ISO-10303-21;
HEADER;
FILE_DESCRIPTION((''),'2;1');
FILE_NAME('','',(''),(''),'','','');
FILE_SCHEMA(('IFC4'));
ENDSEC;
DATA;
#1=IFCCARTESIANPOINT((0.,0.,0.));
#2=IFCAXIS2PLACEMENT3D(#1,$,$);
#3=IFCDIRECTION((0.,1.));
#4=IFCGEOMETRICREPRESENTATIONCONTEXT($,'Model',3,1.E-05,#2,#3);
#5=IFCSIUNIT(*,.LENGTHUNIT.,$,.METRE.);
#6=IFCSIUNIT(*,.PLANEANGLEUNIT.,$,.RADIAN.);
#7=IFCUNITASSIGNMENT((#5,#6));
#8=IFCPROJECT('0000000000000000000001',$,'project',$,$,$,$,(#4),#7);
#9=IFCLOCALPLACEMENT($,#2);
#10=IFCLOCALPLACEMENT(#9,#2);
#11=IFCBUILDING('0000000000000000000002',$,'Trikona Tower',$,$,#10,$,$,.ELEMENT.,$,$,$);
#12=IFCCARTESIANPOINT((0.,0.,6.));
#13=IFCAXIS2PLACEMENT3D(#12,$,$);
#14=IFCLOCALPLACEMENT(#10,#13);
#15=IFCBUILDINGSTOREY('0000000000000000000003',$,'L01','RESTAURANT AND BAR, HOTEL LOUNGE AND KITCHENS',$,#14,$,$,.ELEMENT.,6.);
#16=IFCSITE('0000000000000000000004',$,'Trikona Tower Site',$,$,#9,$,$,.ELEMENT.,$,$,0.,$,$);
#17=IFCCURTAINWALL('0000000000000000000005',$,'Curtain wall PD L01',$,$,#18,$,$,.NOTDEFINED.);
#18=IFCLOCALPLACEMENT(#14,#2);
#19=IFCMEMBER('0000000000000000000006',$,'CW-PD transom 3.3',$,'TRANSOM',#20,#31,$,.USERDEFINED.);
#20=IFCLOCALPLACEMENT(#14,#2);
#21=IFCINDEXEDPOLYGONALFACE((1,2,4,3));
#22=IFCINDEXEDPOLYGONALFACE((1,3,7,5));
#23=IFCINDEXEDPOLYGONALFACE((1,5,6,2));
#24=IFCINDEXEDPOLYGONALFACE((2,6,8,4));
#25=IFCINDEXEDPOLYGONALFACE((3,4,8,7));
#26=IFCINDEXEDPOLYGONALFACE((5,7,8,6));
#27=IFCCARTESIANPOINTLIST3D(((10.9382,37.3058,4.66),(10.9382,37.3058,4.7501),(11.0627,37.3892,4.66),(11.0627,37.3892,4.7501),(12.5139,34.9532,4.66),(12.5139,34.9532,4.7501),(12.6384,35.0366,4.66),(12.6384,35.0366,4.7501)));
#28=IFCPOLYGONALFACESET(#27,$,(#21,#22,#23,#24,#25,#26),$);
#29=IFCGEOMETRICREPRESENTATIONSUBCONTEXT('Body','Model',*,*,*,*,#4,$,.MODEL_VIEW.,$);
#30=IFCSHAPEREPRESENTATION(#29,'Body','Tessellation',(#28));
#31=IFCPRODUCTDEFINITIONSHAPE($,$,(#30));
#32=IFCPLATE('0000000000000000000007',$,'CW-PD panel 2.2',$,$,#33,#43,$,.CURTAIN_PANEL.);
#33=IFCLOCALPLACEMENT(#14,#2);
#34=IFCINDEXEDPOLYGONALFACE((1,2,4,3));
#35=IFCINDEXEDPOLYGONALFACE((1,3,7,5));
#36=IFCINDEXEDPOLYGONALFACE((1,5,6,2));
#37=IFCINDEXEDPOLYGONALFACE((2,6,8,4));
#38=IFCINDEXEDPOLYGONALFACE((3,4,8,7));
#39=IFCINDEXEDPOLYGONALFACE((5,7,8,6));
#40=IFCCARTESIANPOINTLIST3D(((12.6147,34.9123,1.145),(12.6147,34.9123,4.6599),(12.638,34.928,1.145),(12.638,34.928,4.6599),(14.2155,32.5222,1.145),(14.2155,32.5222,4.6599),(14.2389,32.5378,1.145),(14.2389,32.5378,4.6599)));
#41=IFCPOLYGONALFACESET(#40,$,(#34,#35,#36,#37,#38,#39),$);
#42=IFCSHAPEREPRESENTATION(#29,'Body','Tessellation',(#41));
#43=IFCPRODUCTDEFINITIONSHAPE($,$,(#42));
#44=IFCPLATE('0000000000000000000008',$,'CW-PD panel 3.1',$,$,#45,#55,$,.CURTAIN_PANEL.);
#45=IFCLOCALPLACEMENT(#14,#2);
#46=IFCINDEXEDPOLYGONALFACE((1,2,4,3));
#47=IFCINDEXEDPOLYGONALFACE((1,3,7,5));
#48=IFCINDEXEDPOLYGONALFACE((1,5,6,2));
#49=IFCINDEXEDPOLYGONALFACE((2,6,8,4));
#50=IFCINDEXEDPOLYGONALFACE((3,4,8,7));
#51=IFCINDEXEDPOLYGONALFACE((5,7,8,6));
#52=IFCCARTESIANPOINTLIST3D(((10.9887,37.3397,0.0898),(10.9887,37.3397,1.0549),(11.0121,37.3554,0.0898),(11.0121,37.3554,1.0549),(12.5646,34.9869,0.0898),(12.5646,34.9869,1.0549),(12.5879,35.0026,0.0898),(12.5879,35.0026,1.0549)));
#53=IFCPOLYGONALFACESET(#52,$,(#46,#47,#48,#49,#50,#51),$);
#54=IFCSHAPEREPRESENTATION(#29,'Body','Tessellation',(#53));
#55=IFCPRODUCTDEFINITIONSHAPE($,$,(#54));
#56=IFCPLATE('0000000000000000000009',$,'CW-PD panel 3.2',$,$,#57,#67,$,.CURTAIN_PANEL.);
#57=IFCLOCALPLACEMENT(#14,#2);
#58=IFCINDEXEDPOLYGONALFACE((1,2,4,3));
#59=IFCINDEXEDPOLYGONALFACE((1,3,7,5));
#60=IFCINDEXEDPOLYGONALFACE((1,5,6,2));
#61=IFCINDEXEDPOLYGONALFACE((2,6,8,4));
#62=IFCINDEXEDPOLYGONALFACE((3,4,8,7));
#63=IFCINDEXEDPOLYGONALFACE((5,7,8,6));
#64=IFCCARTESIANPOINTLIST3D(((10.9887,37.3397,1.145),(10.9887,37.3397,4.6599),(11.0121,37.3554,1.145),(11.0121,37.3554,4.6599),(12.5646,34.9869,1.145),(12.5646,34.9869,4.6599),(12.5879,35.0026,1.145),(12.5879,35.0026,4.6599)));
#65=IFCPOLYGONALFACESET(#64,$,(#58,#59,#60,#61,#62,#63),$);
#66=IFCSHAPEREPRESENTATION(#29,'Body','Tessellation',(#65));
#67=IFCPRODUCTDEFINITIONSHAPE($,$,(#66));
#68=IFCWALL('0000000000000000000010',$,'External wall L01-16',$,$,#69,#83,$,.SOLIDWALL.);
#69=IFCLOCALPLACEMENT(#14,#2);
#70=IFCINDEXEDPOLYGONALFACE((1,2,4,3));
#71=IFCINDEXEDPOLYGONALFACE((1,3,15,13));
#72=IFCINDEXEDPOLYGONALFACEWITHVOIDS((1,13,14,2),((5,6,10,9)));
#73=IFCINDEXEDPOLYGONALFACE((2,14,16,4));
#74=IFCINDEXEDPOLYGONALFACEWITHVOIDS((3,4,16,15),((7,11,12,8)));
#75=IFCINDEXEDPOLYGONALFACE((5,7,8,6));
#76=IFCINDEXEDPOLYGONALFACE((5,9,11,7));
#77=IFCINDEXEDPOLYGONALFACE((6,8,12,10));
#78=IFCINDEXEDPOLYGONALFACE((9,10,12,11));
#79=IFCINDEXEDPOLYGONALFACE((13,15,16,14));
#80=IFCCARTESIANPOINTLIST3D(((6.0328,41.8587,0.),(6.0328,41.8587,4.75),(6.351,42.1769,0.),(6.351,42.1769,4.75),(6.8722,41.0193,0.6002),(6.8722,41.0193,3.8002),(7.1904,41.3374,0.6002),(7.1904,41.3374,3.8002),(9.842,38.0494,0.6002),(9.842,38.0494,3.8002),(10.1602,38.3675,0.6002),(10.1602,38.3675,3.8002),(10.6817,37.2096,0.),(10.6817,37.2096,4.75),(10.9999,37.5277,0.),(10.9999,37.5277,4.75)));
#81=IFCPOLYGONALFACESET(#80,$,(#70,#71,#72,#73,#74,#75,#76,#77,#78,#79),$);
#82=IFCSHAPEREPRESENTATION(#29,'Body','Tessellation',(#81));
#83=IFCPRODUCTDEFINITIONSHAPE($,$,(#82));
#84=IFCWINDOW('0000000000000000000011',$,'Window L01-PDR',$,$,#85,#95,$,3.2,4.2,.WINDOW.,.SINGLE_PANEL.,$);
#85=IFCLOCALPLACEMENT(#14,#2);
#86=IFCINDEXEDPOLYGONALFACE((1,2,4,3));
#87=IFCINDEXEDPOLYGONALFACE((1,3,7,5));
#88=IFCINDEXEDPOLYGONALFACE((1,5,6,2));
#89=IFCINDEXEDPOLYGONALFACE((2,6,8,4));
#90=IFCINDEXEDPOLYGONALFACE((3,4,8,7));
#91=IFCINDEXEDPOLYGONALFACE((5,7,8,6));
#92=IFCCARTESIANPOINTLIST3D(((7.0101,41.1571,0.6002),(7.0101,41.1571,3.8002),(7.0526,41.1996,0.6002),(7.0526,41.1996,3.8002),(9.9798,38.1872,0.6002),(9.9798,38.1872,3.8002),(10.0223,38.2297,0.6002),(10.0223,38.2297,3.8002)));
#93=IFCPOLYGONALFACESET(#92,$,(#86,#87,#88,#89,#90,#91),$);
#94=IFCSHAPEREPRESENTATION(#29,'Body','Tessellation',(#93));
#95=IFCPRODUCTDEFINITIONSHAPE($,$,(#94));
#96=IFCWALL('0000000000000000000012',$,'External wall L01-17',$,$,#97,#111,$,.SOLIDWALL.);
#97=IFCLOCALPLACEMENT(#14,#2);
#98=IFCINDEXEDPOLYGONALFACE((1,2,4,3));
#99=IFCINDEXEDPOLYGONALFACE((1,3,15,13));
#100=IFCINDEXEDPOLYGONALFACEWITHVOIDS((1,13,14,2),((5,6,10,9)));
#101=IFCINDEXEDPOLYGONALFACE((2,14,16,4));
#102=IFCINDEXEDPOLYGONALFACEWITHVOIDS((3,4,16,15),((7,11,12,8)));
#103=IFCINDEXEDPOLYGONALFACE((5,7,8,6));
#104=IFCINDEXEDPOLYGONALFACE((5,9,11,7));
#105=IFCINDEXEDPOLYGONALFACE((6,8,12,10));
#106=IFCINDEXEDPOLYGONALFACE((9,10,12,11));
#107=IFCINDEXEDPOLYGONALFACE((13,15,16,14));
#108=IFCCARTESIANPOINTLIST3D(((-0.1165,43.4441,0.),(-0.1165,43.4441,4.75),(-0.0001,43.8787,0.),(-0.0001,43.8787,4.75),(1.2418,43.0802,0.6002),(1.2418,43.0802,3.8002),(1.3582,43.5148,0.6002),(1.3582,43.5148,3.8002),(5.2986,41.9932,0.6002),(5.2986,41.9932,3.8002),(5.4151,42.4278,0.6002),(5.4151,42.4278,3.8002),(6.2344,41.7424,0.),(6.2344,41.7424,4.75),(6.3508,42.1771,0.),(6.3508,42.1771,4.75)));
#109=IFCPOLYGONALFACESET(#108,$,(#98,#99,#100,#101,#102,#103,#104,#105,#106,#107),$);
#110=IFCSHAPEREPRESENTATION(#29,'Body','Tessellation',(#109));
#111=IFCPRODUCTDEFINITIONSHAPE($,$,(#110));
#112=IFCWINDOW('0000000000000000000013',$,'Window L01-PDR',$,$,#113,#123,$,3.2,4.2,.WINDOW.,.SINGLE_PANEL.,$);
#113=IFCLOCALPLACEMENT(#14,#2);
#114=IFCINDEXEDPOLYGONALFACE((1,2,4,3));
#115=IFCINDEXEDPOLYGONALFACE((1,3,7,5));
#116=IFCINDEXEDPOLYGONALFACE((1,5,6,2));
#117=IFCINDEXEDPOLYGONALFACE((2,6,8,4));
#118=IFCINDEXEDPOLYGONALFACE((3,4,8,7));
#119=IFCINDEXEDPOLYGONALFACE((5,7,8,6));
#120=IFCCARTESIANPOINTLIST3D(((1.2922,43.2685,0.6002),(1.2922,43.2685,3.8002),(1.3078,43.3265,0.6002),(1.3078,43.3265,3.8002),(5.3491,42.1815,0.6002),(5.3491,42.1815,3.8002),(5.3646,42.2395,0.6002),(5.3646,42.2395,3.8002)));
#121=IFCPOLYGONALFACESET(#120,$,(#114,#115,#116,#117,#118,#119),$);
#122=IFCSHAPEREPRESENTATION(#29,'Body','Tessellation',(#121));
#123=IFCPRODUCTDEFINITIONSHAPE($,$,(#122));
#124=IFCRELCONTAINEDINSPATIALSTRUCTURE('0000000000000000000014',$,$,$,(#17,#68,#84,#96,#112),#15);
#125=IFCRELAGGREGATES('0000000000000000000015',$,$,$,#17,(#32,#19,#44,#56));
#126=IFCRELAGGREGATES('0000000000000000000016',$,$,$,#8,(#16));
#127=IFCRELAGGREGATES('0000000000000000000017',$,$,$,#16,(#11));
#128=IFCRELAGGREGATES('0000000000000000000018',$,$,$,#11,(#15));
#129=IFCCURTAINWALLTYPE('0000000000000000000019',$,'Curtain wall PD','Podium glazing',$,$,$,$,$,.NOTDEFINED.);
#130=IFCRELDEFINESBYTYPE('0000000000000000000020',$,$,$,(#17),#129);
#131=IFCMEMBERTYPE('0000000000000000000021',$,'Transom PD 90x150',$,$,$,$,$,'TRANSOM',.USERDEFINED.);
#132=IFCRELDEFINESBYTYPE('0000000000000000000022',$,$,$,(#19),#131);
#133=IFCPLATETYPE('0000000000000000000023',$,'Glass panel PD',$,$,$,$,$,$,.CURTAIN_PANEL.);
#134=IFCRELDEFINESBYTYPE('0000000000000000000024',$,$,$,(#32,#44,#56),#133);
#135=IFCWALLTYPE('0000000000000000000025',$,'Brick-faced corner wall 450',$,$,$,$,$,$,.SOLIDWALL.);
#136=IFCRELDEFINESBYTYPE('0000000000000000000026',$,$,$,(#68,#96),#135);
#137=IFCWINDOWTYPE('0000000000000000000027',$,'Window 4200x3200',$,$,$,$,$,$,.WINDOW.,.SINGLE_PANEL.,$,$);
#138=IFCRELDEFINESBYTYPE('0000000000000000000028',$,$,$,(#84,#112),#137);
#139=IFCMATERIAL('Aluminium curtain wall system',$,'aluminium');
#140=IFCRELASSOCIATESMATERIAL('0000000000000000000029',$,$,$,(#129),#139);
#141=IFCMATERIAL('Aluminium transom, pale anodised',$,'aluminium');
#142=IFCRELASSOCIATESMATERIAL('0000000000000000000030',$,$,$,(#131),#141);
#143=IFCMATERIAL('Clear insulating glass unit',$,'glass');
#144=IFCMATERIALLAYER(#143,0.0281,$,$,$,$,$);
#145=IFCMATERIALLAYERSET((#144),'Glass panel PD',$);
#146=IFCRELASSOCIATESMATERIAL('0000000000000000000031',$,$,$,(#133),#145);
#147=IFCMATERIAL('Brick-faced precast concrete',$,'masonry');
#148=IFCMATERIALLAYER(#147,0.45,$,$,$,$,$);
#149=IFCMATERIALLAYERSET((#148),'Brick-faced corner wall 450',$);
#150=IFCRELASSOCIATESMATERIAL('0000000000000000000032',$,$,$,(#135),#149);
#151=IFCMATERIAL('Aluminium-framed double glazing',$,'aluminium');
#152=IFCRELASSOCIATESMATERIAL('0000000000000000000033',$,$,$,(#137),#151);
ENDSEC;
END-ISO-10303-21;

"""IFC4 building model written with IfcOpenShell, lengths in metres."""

from ifc_helpers import new_model, si_unit, direction, frame, frame_2d, origin, origin_2d, place, context, subcontext, project, spatial, rectangle, extrude, material, layer, layer_set, material_profile, profile_set, type_object, element, fill, aggregate, save


model = new_model("IFC4")

# Units and contexts
model_context = context("Model", 3, precision=1e-05, world=origin(), true_north=direction((0.0, 1.0)))
body_context = subcontext(model_context, "Body", "Model", "MODEL_VIEW")
ifc_project = project(units=[si_unit("LENGTHUNIT", "METRE"), si_unit("PLANEANGLEUNIT", "RADIAN")], contexts=[model_context])

# Site, building, storey
site_placement = place(None, origin())
site = spatial("IfcSite", under=ifc_project, at=site_placement, Name="Trikona Tower Site", CompositionType="ELEMENT", RefElevation=0.0)
building_placement = place(site_placement, origin())
building = spatial("IfcBuilding", under=site, at=building_placement, Name="Trikona Tower", CompositionType="ELEMENT")
storey_placement = place(building_placement, frame((0.0, 0.0, 6.0)))
storey = spatial("IfcBuildingStorey", under=building, at=storey_placement, Name="L01", Description="RESTAURANT AND BAR, HOTEL LOUNGE AND KITCHENS", CompositionType="ELEMENT", Elevation=6.0)

# Curtain wall
ifc_material_1 = material(Name="Aluminium curtain wall system", Category="aluminium")
curtain_wall_type = type_object("IfcCurtainWallType", Name="Curtain wall PD", Description="Podium glazing", PredefinedType="NOTDEFINED", material=ifc_material_1)
curtain_wall_placement = place(storey_placement, origin())
curtain_wall = element("IfcCurtainWall", 1, at=curtain_wall_placement, inside=storey, type_object=curtain_wall_type, Name="Curtain wall PD L01", PredefinedType="NOTDEFINED")

# Member
ifc_material_2 = material(Name="Aluminium transom, pale anodised", Category="aluminium")
ifc_material_profile_1 = material_profile(ifc_material_2, rectangle(XDim=0.1499, YDim=0.0901, at=origin_2d()), Name="TRN-PD")
ifc_profile_set_1 = profile_set([ifc_material_profile_1], Name="Aluminium transom, pale anodised")
member_type_1 = type_object("IfcMemberType", Name="Transom PD 90x150", ElementType="TRANSOM", PredefinedType="USERDEFINED", material=ifc_profile_set_1)
member_1_placement = place(storey_placement, frame((12.5762, 34.9949, 4.7051), z_axis=(-0.55649, 0.830854, 0.0), x_axis=(-0.830854, -0.55649, 0.0)))
member_1 = element("IfcMember", 2, at=member_1_placement, type_object=member_type_1, Name="CW-PD transom 3.3", ObjectType="TRANSOM", PredefinedType="USERDEFINED", context=body_context, shape_type="SweptSolid", body=[
    extrude(rectangle(XDim=0.1499, YDim=0.0901, at=origin_2d()), origin(), (0.0, 0.0, 1.0), 2.8315),
])

# Plates
ifc_material_3 = material(Name="Clear insulating glass unit", Category="glass")
ifc_layer_1 = layer(ifc_material_3, 0.0281)
ifc_layer_set_1 = layer_set([ifc_layer_1], Name="Glass panel PD")
plate_type = type_object("IfcPlateType", Name="Glass panel PD", PredefinedType="CURTAIN_PANEL", material=ifc_layer_set_1)
plate_1_placement = place(storey_placement, frame((13.4268, 33.7251, 1.145), z_axis=(0.0, 0.0, 1.0), x_axis=(-0.556493, 0.830852, 0.0)))
plate_1 = element("IfcPlate", 3, at=plate_1_placement, type_object=plate_type, Name="CW-PD panel 2.2", PredefinedType="CURTAIN_PANEL", context=body_context, shape_type="SweptSolid", body=[
    extrude(rectangle(XDim=2.8767, YDim=0.0281, at=origin_2d()), origin(), (0.0, 0.0, 1.0), 3.5149),
])
plate_2_placement = place(storey_placement, frame((11.7883, 36.1711, 0.0898), z_axis=(0.0, 0.0, 1.0), x_axis=(-0.556493, 0.830852, 0.0)))
plate_2 = element("IfcPlate", 4, at=plate_2_placement, type_object=plate_type, Name="CW-PD panel 3.1", PredefinedType="CURTAIN_PANEL", context=body_context, shape_type="SweptSolid", body=[
    extrude(rectangle(XDim=2.8318, YDim=0.0281, at=origin_2d()), origin(), (0.0, 0.0, 1.0), 0.9651),
])
plate_3_placement = place(storey_placement, frame((11.7883, 36.1711, 1.145), z_axis=(0.0, 0.0, 1.0), x_axis=(-0.556493, 0.830852, 0.0)))
plate_3 = element("IfcPlate", 5, at=plate_3_placement, type_object=plate_type, Name="CW-PD panel 3.2", PredefinedType="CURTAIN_PANEL", context=body_context, shape_type="SweptSolid", body=[
    extrude(rectangle(XDim=2.8318, YDim=0.0281, at=origin_2d()), origin(), (0.0, 0.0, 1.0), 3.5149),
])
aggregate(curtain_wall, [plate_1, member_1, plate_2, plate_3])

# Walls, openings, windows
ifc_material_4 = material(Name="Brick-faced precast concrete", Category="masonry")
ifc_layer_2 = layer(ifc_material_4, 0.45)
ifc_layer_set_2 = layer_set([ifc_layer_2], Name="Brick-faced corner wall 450")
wall_type_1 = type_object("IfcWallType", Name="Brick-faced corner wall 450", PredefinedType="SOLIDWALL", material=ifc_layer_set_2)
wall_1_placement = place(storey_placement, frame((10.8408, 37.3687, 0.0), z_axis=(0.0, 0.0, 1.0), x_axis=(-0.707088, 0.707125, 0.0)))
wall_1 = element("IfcWall", 6, at=wall_1_placement, inside=storey, type_object=wall_type_1, Name="External wall L01-16", PredefinedType="SOLIDWALL", context=body_context, shape_type="SweptSolid", body=[
    extrude(rectangle(XDim=6.5747, YDim=0.45, at=frame_2d((3.2874, 0.0))), origin(), (0.0, 0.0, 1.0), 4.75),
])
opening_1_placement = place(wall_1_placement, frame((1.1875, 0.0, 0.6001)))
opening_1 = element("IfcOpeningElement", 7, at=opening_1_placement, cuts=wall_1, PredefinedType="OPENING", context=body_context, shape_type="SweptSolid", body=[
    extrude(rectangle(XDim=4.2, YDim=3.2, at=frame_2d((2.1001, 1.6001))), frame((0.0, 0.2349, 0.0), z_axis=(0.0, -1.0, 0.0), x_axis=(1.0, 0.0, 0.0)), (0.0, 0.0, 1.0), 0.47),
])
ifc_material_5 = material(Name="Aluminium-framed double glazing", Category="aluminium")
window_type_1 = type_object("IfcWindowType", Name="Window 4200x3200", PartitioningType="SINGLE_PANEL", PredefinedType="WINDOW", material=ifc_material_5)
window_1_placement = place(opening_1_placement, origin())
window_1 = element("IfcWindow", 8, at=window_1_placement, inside=storey, type_object=window_type_1, Name="Window L01-PDR", OverallHeight=3.2, OverallWidth=4.2, PartitioningType="SINGLE_PANEL", PredefinedType="WINDOW", context=body_context, shape_type="SweptSolid", body=[
    extrude(rectangle(XDim=4.2, YDim=3.2, at=frame_2d((2.1001, 1.6001))), frame((0.0, 0.03, 0.0), z_axis=(0.0, -1.0, 0.0), x_axis=(1.0, 0.0, 0.0)), (0.0, 0.0, 1.0), 0.0601),
])
fill(opening_1, window_1)
wall_2_placement = place(storey_placement, frame((6.2927, 41.9597, 0.0), z_axis=(0.0, 0.0, 1.0), x_axis=(-0.965927, 0.258813, 0.0)))
wall_2 = element("IfcWall", 9, at=wall_2_placement, inside=storey, type_object=wall_type_1, Name="External wall L01-17", PredefinedType="SOLIDWALL", context=body_context, shape_type="SweptSolid", body=[
    extrude(rectangle(XDim=6.575, YDim=0.45, at=frame_2d((3.2876, 0.0))), origin(), (0.0, 0.0, 1.0), 4.75),
])
opening_2_placement = place(wall_2_placement, frame((0.9688, 0.0, 0.6001)))
opening_2 = element("IfcOpeningElement", 10, at=opening_2_placement, cuts=wall_2, PredefinedType="OPENING", context=body_context, shape_type="SweptSolid", body=[
    extrude(rectangle(XDim=4.2, YDim=3.2, at=frame_2d((2.1001, 1.6001))), frame((0.0, 0.2349, 0.0), z_axis=(0.0, -1.0, 0.0), x_axis=(1.0, 0.0, 0.0)), (0.0, 0.0, 1.0), 0.47),
])
window_2_placement = place(opening_2_placement, origin())
window_2 = element("IfcWindow", 11, at=window_2_placement, inside=storey, type_object=window_type_1, Name="Window L01-PDR", OverallHeight=3.2, OverallWidth=4.2, PartitioningType="SINGLE_PANEL", PredefinedType="WINDOW", context=body_context, shape_type="SweptSolid", body=[
    extrude(rectangle(XDim=4.2, YDim=3.2, at=frame_2d((2.1001, 1.6001))), frame((0.0, 0.03, 0.0), z_axis=(0.0, -1.0, 0.0), x_axis=(1.0, 0.0, 0.0)), (0.0, 0.0, 1.0), 0.0601),
])
fill(opening_2, window_2)

save(model, "model.ifc")
